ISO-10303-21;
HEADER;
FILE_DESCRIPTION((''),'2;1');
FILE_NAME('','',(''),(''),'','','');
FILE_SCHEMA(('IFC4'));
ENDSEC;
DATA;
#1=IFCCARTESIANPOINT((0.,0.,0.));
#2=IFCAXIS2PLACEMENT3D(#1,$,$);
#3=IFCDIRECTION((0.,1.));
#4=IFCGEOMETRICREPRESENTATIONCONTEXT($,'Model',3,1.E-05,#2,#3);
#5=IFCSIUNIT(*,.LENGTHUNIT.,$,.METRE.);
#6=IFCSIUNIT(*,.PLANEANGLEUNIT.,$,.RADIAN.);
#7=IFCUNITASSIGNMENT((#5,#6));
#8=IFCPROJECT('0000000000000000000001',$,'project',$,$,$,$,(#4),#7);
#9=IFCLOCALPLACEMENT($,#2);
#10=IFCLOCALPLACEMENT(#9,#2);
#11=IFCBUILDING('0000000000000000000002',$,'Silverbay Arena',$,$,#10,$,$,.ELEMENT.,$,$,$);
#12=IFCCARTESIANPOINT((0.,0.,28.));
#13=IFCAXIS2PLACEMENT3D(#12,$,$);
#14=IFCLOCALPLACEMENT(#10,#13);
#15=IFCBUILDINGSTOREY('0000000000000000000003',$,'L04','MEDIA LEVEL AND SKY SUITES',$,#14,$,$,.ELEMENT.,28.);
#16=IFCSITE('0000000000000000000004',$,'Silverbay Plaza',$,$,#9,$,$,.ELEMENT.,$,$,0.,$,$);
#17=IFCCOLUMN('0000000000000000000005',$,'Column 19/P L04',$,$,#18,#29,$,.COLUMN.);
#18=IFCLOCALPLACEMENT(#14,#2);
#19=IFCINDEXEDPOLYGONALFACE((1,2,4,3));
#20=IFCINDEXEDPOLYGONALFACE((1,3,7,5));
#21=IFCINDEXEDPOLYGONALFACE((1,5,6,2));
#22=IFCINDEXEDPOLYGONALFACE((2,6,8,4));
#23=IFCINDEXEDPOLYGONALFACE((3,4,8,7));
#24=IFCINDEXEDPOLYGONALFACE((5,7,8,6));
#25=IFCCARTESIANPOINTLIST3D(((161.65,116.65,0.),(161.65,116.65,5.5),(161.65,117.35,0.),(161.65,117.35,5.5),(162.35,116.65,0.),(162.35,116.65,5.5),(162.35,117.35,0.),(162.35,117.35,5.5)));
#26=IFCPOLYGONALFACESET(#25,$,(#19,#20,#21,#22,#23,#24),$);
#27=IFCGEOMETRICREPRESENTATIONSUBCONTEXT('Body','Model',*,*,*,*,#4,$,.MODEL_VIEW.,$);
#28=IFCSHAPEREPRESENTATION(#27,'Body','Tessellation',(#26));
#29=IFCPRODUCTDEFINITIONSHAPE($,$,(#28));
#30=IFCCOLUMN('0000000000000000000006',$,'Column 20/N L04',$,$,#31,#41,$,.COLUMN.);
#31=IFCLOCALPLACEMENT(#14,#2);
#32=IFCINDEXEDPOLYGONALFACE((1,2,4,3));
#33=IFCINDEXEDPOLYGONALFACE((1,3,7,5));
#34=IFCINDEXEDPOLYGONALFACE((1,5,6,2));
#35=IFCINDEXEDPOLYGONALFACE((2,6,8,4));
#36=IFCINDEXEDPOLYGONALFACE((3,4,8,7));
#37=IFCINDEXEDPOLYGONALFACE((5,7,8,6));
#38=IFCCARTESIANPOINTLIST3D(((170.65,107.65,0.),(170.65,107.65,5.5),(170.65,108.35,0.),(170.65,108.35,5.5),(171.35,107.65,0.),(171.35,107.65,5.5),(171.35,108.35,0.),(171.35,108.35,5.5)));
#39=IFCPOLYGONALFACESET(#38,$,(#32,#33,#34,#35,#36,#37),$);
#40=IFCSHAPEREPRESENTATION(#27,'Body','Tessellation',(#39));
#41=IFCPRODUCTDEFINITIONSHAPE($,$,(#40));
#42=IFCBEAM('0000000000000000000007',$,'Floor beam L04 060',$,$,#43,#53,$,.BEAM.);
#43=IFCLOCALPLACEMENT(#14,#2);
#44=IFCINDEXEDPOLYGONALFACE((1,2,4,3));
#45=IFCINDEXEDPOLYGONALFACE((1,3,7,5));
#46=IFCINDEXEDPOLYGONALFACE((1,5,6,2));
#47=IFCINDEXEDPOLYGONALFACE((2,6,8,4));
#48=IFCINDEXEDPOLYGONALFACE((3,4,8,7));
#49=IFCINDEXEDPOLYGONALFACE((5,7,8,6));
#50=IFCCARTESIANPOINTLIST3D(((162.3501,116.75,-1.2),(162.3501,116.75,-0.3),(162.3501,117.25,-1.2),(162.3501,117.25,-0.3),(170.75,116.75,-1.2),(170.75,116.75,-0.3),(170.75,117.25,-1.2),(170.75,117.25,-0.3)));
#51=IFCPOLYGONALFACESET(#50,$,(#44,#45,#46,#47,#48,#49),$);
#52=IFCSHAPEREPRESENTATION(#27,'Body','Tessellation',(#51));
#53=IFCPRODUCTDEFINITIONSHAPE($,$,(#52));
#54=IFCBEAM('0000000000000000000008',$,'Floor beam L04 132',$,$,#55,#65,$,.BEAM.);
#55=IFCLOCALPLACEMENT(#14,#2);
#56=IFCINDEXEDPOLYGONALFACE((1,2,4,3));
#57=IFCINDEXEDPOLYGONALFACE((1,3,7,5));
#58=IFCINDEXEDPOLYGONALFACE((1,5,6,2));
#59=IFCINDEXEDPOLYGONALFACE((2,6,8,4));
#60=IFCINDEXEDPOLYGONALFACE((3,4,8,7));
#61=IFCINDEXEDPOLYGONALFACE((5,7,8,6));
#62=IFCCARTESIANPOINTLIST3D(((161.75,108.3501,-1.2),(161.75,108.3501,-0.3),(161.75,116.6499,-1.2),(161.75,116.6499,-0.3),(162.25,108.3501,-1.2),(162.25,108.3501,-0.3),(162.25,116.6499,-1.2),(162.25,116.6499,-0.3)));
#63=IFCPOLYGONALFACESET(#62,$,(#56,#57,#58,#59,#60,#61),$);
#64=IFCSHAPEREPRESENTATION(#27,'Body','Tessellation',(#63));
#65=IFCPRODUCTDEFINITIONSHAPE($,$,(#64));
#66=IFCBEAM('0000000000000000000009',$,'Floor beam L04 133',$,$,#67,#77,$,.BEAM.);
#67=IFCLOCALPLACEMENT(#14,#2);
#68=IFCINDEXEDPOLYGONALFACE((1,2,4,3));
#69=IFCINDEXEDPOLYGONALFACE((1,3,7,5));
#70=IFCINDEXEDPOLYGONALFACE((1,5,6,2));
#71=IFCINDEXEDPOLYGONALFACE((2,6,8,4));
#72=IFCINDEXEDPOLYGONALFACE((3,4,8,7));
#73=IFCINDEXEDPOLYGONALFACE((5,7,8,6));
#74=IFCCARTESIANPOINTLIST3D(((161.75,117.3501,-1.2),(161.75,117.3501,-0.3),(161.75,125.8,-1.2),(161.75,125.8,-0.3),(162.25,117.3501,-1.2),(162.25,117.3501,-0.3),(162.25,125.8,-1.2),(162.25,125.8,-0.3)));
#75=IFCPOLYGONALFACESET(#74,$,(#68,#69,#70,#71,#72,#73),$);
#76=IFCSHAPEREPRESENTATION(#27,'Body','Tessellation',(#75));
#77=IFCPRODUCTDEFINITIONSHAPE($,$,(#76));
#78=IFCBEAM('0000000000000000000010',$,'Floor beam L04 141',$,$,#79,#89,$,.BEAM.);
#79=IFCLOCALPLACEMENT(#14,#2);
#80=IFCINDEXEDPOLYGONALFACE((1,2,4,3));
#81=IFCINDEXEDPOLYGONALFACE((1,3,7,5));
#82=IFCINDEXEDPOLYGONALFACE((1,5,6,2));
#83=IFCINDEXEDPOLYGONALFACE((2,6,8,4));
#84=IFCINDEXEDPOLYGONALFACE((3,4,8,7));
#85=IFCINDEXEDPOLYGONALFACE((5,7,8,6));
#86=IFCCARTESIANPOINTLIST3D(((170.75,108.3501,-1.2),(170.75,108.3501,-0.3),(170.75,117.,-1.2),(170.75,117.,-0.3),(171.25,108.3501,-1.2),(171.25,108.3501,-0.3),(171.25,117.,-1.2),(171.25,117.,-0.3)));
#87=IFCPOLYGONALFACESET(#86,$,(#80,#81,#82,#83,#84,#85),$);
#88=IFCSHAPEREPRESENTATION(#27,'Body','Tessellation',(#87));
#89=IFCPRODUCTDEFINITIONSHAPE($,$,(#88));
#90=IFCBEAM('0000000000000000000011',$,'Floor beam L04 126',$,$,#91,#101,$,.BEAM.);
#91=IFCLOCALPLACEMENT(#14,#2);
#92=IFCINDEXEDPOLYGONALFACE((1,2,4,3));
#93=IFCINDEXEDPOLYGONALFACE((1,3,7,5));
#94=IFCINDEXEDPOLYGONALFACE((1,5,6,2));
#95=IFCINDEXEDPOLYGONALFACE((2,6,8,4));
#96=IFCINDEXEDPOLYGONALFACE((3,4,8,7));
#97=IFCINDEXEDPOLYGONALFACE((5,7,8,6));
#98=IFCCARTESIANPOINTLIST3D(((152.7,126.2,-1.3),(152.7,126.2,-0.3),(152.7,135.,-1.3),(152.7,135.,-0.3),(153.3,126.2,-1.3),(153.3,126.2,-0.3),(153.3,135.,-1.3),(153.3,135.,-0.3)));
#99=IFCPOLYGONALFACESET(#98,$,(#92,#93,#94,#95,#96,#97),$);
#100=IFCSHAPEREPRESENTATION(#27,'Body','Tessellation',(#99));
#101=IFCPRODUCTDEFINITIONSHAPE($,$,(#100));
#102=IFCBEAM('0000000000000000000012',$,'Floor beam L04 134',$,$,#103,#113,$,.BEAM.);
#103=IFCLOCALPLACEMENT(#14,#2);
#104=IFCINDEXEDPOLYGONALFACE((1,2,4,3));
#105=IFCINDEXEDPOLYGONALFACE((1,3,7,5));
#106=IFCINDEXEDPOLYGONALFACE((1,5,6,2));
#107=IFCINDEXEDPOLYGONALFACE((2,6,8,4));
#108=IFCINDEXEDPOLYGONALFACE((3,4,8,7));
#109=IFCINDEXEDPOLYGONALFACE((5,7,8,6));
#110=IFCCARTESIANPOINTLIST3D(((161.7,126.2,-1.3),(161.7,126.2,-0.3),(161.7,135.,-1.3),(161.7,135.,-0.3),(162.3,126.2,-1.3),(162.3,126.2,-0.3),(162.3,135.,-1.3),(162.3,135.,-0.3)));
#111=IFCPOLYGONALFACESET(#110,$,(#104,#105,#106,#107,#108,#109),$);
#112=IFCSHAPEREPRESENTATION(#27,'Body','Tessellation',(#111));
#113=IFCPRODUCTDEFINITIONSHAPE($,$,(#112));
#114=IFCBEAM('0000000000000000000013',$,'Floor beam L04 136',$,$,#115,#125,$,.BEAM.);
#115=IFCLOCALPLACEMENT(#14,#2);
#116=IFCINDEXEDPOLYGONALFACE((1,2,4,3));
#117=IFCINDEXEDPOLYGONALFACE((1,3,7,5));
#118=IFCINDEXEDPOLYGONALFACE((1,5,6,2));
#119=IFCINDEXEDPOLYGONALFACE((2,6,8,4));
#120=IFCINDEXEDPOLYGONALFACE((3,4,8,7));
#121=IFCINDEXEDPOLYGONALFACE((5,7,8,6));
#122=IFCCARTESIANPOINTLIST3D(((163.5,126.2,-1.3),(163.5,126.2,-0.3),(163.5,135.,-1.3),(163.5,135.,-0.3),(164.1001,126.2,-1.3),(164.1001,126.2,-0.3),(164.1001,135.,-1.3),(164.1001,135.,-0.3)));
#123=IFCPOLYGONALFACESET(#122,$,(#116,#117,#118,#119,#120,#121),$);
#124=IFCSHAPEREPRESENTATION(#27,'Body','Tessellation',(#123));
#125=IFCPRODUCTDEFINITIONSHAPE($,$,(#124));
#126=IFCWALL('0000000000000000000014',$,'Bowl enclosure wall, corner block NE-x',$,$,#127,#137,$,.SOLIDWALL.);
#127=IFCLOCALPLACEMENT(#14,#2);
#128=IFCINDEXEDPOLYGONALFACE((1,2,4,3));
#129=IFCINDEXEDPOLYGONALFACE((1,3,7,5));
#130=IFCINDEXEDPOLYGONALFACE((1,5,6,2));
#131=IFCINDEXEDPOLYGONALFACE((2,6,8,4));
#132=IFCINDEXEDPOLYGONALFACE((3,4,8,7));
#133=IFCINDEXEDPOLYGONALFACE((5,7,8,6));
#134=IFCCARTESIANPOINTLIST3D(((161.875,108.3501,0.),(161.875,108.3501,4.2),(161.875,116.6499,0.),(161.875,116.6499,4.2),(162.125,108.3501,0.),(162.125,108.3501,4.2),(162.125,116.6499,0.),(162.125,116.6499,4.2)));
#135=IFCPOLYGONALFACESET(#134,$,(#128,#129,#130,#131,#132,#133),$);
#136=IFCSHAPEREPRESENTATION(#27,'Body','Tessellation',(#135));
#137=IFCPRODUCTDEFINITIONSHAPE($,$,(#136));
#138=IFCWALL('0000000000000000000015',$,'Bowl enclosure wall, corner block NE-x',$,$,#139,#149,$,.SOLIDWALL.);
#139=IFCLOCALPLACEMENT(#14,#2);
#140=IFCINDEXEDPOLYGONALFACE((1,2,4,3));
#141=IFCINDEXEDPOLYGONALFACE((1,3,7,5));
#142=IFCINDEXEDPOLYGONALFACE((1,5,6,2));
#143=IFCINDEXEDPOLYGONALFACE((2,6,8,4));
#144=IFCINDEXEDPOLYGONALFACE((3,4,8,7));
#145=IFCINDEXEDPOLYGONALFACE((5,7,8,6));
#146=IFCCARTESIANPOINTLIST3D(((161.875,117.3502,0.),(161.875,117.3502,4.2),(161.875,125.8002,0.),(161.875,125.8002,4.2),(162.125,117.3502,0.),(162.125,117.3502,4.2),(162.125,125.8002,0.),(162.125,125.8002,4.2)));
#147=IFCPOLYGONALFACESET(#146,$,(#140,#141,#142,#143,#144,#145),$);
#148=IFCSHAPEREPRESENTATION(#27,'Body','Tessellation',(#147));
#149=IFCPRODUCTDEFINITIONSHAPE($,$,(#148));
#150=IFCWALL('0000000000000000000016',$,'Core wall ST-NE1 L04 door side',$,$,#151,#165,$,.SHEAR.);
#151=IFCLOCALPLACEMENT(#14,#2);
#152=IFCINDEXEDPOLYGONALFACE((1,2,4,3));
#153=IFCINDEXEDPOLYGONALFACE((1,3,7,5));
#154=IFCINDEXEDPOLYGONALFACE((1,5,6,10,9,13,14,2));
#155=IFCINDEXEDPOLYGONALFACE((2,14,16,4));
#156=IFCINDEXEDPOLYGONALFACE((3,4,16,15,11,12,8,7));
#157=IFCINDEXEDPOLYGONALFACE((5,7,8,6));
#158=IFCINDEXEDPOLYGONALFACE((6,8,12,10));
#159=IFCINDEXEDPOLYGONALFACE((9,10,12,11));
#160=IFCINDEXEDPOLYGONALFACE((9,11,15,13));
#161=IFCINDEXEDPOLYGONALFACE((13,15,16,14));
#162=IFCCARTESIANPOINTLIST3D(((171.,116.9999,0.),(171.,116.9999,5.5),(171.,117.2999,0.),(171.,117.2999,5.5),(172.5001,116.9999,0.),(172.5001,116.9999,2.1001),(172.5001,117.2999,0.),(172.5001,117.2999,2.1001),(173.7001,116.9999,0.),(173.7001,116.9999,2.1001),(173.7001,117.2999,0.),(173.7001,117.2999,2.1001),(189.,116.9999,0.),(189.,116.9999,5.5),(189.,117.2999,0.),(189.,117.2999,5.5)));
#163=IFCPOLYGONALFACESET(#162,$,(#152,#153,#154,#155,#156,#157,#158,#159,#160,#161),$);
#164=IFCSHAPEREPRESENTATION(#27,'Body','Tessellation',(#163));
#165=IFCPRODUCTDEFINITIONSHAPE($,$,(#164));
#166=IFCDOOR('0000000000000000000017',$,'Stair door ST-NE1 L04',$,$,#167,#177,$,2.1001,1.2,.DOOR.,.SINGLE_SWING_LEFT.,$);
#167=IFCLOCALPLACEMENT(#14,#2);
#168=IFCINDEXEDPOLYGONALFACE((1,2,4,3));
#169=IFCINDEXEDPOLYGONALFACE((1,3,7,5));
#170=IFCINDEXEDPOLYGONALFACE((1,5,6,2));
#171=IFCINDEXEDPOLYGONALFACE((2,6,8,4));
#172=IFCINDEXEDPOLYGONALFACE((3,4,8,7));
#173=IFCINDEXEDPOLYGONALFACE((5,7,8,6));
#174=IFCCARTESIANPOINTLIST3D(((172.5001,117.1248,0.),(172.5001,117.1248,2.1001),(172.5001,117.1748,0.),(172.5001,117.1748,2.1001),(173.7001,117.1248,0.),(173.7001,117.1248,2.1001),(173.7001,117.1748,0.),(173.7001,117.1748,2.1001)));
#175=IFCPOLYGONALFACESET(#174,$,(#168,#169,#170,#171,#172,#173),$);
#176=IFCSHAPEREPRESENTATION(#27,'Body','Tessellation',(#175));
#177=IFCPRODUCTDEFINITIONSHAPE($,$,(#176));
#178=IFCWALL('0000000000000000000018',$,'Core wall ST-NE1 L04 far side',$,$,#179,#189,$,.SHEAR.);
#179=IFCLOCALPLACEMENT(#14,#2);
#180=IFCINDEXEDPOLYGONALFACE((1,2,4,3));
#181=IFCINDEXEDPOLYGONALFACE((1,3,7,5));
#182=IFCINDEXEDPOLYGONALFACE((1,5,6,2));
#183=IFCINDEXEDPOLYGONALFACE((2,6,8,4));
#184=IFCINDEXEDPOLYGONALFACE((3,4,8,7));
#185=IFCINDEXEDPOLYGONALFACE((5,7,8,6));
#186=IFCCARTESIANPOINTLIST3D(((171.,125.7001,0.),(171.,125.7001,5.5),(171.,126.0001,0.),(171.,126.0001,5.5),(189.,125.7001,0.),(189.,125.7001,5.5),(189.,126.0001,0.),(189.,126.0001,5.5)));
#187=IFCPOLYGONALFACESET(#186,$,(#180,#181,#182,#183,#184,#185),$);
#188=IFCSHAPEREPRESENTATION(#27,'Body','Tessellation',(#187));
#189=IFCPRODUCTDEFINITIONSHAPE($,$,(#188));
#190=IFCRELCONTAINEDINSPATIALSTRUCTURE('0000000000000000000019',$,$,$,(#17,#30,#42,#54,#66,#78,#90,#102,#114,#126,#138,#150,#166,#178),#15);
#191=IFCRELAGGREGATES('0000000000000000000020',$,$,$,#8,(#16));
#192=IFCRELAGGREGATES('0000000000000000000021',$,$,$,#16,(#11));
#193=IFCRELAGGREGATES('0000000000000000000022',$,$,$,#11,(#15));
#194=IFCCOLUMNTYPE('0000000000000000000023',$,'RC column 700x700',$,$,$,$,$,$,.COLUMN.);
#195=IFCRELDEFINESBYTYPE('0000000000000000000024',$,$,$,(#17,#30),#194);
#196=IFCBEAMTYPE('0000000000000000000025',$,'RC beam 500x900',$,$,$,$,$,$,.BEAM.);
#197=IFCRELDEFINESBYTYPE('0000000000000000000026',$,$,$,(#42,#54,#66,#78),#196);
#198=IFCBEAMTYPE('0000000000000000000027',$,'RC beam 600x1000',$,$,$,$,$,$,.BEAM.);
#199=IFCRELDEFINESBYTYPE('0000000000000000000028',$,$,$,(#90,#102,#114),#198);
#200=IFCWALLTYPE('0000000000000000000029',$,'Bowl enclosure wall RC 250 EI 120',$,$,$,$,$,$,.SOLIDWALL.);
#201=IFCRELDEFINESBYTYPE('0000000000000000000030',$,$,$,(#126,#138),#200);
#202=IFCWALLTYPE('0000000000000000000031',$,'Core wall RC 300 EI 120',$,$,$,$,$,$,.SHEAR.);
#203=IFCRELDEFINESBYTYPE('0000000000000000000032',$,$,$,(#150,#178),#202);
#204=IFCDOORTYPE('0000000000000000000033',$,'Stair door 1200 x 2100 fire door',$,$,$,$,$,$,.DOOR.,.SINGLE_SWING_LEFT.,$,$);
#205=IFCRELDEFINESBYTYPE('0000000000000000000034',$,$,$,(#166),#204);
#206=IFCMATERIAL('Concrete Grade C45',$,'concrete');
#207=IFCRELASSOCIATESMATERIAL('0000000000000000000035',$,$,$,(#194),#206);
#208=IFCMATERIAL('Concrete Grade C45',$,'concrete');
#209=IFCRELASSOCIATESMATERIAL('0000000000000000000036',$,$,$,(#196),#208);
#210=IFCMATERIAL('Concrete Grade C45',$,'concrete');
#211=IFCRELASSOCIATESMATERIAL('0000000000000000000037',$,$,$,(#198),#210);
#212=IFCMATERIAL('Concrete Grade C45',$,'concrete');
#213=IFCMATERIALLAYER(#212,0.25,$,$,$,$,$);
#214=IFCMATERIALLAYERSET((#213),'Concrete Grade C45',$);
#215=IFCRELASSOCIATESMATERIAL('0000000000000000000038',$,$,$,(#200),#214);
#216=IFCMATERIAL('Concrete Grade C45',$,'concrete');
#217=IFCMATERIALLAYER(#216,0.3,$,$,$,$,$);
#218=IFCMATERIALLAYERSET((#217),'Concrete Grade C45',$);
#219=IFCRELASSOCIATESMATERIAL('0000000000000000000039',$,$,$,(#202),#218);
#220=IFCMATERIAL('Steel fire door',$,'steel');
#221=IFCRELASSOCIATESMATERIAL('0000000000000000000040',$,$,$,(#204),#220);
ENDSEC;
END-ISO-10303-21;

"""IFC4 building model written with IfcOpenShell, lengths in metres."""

from ifc_helpers import new_model, si_unit, direction, frame, frame_2d, origin, origin_2d, place, context, subcontext, project, spatial, rectangle, extrude, material, layer, layer_set, material_profile, profile_set, type_object, element, fill, save


model = new_model("IFC4")

# Units and contexts
model_context = context("Model", 3, precision=1e-05, world=origin(), true_north=direction((0.0, 1.0)))
body_context = subcontext(model_context, "Body", "Model", "MODEL_VIEW")
ifc_project = project(units=[si_unit("LENGTHUNIT", "METRE"), si_unit("PLANEANGLEUNIT", "RADIAN")], contexts=[model_context])

# Site, building, storey
site_placement = place(None, origin())
site = spatial("IfcSite", under=ifc_project, at=site_placement, Name="Silverbay Plaza", CompositionType="ELEMENT", RefElevation=0.0)
building_placement = place(site_placement, origin())
building = spatial("IfcBuilding", under=site, at=building_placement, Name="Silverbay Arena", CompositionType="ELEMENT")
storey_placement = place(building_placement, frame((0.0, 0.0, 28.0)))
storey = spatial("IfcBuildingStorey", under=building, at=storey_placement, Name="L04", Description="MEDIA LEVEL AND SKY SUITES", CompositionType="ELEMENT", Elevation=28.0)

# Columns
ifc_material_1 = material(Name="Concrete Grade C45", Category="concrete")
ifc_material_profile_1 = material_profile(ifc_material_1, rectangle(XDim=0.7, YDim=0.7, at=origin_2d()), Name="RC 700x700")
ifc_profile_set_1 = profile_set([ifc_material_profile_1], Name="Concrete Grade C45")
column_type = type_object("IfcColumnType", Name="RC column 700x700", PredefinedType="COLUMN", material=ifc_profile_set_1)
for number, where, z_axis, x_axis, name in (
    (1, (162.0, 117.0, 0.0), (0.0, 0.0, 1.0), (1.0, 0.0, 0.0), "Column 19/P L04"),
    (2, (171.0, 108.0, 0.0), (0.0, 0.0, 1.0), (1.0, 0.0, 0.0), "Column 20/N L04"),
):
    element("IfcColumn", number, at=place(storey_placement, frame(where, z_axis=z_axis, x_axis=x_axis)), inside=storey, type_object=column_type, Name=name, PredefinedType="COLUMN", context=body_context, shape_type="SweptSolid", body=[
        extrude(rectangle(XDim=0.7, YDim=0.7, at=origin_2d()), origin(), (0.0, 0.0, 1.0), 5.5),
    ])

# Beams
ifc_material_2 = material(Name="Concrete Grade C45", Category="concrete")
ifc_material_profile_2 = material_profile(ifc_material_2, rectangle(XDim=0.5, YDim=0.8999, at=origin_2d()), Name="RC 500x900")
ifc_profile_set_2 = profile_set([ifc_material_profile_2], Name="Concrete Grade C45")
beam_type_1 = type_object("IfcBeamType", Name="RC beam 500x900", PredefinedType="BEAM", material=ifc_profile_set_2)
beam_1_placement = place(storey_placement, frame((162.3501, 117.0, -0.75), z_axis=(1.0, 0.0, 0.0), x_axis=(0.0, 1.0, 0.0)))
element("IfcBeam", 3, at=beam_1_placement, inside=storey, type_object=beam_type_1, Name="Floor beam L04 060", PredefinedType="BEAM", context=body_context, shape_type="SweptSolid", body=[
    extrude(rectangle(XDim=0.5, YDim=0.8999, at=origin_2d()), origin(), (0.0, 0.0, 1.0), 8.3999),
])
beam_2_placement = place(storey_placement, frame((162.0, 108.3501, -0.75), z_axis=(0.0, 1.0, 0.0), x_axis=(-1.0, 0.0, 0.0)))
element("IfcBeam", 4, at=beam_2_placement, inside=storey, type_object=beam_type_1, Name="Floor beam L04 132", PredefinedType="BEAM", context=body_context, shape_type="SweptSolid", body=[
    extrude(rectangle(XDim=0.5, YDim=0.8999, at=origin_2d()), origin(), (0.0, 0.0, 1.0), 8.2998),
])
beam_3_placement = place(storey_placement, frame((162.0, 117.3501, -0.75), z_axis=(0.0, 1.0, 0.0), x_axis=(-1.0, 0.0, 0.0)))
element("IfcBeam", 5, at=beam_3_placement, inside=storey, type_object=beam_type_1, Name="Floor beam L04 133", PredefinedType="BEAM", context=body_context, shape_type="SweptSolid", body=[
    extrude(rectangle(XDim=0.5, YDim=0.8999, at=origin_2d()), origin(), (0.0, 0.0, 1.0), 8.45),
])
beam_4_placement = place(storey_placement, frame((171.0, 108.3501, -0.75), z_axis=(0.0, 1.0, 0.0), x_axis=(-1.0, 0.0, 0.0)))
element("IfcBeam", 6, at=beam_4_placement, inside=storey, type_object=beam_type_1, Name="Floor beam L04 141", PredefinedType="BEAM", context=body_context, shape_type="SweptSolid", body=[
    extrude(rectangle(XDim=0.5, YDim=0.8999, at=origin_2d()), origin(), (0.0, 0.0, 1.0), 8.6499),
])
ifc_material_3 = material(Name="Concrete Grade C45", Category="concrete")
ifc_material_profile_3 = material_profile(ifc_material_3, rectangle(XDim=0.6001, YDim=1.0, at=origin_2d()), Name="RC 600x1000")
ifc_profile_set_3 = profile_set([ifc_material_profile_3], Name="Concrete Grade C45")
beam_type_2 = type_object("IfcBeamType", Name="RC beam 600x1000", PredefinedType="BEAM", material=ifc_profile_set_3)
for number, where, z_axis, x_axis, name in (
    (7, (153.0, 126.2, -0.8), (0.0, 1.0, 0.0), (-1.0, 0.0, 0.0), "Floor beam L04 126"),
    (8, (162.0, 126.2, -0.8), (0.0, 1.0, 0.0), (-1.0, 0.0, 0.0), "Floor beam L04 134"),
    (9, (163.8, 126.2, -0.8), (0.0, 1.0, 0.0), (-1.0, 0.0, 0.0), "Floor beam L04 136"),
):
    element("IfcBeam", number, at=place(storey_placement, frame(where, z_axis=z_axis, x_axis=x_axis)), inside=storey, type_object=beam_type_2, Name=name, PredefinedType="BEAM", context=body_context, shape_type="SweptSolid", body=[
        extrude(rectangle(XDim=0.6001, YDim=1.0, at=origin_2d()), origin(), (0.0, 0.0, 1.0), 8.8),
    ])

# Walls
ifc_material_4 = material(Name="Concrete Grade C45", Category="concrete")
ifc_layer_1 = layer(ifc_material_4, 0.25)
ifc_layer_set_1 = layer_set([ifc_layer_1], Name="Concrete Grade C45")
wall_type_1 = type_object("IfcWallType", Name="Bowl enclosure wall RC 250 EI 120", PredefinedType="SOLIDWALL", material=ifc_layer_set_1)
wall_1_placement = place(storey_placement, frame((162.0, 108.3501, 0.0), z_axis=(0.0, 0.0, 1.0), x_axis=(0.0, 1.0, 0.0)))
element("IfcWall", 10, at=wall_1_placement, inside=storey, type_object=wall_type_1, Name="Bowl enclosure wall, corner block NE-x", PredefinedType="SOLIDWALL", context=body_context, shape_type="SweptSolid", body=[
    extrude(rectangle(XDim=8.2998, YDim=0.25, at=frame_2d((4.1499, 0.0))), origin(), (0.0, 0.0, 1.0), 4.2),
])
wall_2_placement = place(storey_placement, frame((162.0, 117.3501, 0.0), z_axis=(0.0, 0.0, 1.0), x_axis=(0.0, 1.0, 0.0)))
element("IfcWall", 11, at=wall_2_placement, inside=storey, type_object=wall_type_1, Name="Bowl enclosure wall, corner block NE-x", PredefinedType="SOLIDWALL", context=body_context, shape_type="SweptSolid", body=[
    extrude(rectangle(XDim=8.45, YDim=0.25, at=frame_2d((4.2251, 0.0))), origin(), (0.0, 0.0, 1.0), 4.2),
])

# Wall, opening, door
ifc_material_5 = material(Name="Concrete Grade C45", Category="concrete")
ifc_layer_2 = layer(ifc_material_5, 0.3)
ifc_layer_set_2 = layer_set([ifc_layer_2], Name="Concrete Grade C45")
wall_type_2 = type_object("IfcWallType", Name="Core wall RC 300 EI 120", PredefinedType="SHEAR", material=ifc_layer_set_2)
wall_3_placement = place(storey_placement, frame((171.0, 117.1499, 0.0), z_axis=(0.0, 0.0, 1.0), x_axis=(1.0, 0.0, 0.0)))
wall_3 = element("IfcWall", 12, at=wall_3_placement, inside=storey, type_object=wall_type_2, Name="Core wall ST-NE1 L04 door side", PredefinedType="SHEAR", context=body_context, shape_type="SweptSolid", body=[
    extrude(rectangle(XDim=18.0, YDim=0.3, at=frame_2d((9.0, 0.0))), origin(), (0.0, 0.0, 1.0), 5.5),
])
opening_1_placement = place(wall_3_placement, frame((1.5, 0.0, 0.0)))
opening_1 = element("IfcOpeningElement", 13, at=opening_1_placement, cuts=wall_3, PredefinedType="OPENING", context=body_context, shape_type="SweptSolid", body=[
    extrude(rectangle(XDim=1.2, YDim=2.1001, at=frame_2d((0.6001, 1.05))), frame((0.0, 0.1602, 0.0), z_axis=(0.0, -1.0, 0.0), x_axis=(1.0, 0.0, 0.0)), (0.0, 0.0, 1.0), 0.3201),
])
ifc_material_6 = material(Name="Steel fire door", Category="steel")
door_type_1 = type_object("IfcDoorType", Name="Stair door 1200 x 2100 fire door", OperationType="SINGLE_SWING_LEFT", PredefinedType="DOOR", material=ifc_material_6)
door_1_placement = place(opening_1_placement, origin())
door_1 = element("IfcDoor", 14, at=door_1_placement, inside=storey, type_object=door_type_1, Name="Stair door ST-NE1 L04", OperationType="SINGLE_SWING_LEFT", OverallHeight=2.1001, OverallWidth=1.2, PredefinedType="DOOR", context=body_context, shape_type="SweptSolid", body=[
    extrude(rectangle(XDim=1.2, YDim=2.1001, at=frame_2d((0.6001, 1.05))), frame((0.0, 0.0249, 0.0), z_axis=(0.0, -1.0, 0.0), x_axis=(1.0, 0.0, 0.0)), (0.0, 0.0, 1.0), 0.05),
])
fill(opening_1, door_1)

# Wall
wall_4_placement = place(storey_placement, frame((171.0, 125.8501, 0.0), z_axis=(0.0, 0.0, 1.0), x_axis=(1.0, 0.0, 0.0)))
element("IfcWall", 15, at=wall_4_placement, inside=storey, type_object=wall_type_2, Name="Core wall ST-NE1 L04 far side", PredefinedType="SHEAR", context=body_context, shape_type="SweptSolid", body=[
    extrude(rectangle(XDim=18.0, YDim=0.3, at=frame_2d((9.0, 0.0))), origin(), (0.0, 0.0, 1.0), 5.5),
])

save(model, "model.ifc")
